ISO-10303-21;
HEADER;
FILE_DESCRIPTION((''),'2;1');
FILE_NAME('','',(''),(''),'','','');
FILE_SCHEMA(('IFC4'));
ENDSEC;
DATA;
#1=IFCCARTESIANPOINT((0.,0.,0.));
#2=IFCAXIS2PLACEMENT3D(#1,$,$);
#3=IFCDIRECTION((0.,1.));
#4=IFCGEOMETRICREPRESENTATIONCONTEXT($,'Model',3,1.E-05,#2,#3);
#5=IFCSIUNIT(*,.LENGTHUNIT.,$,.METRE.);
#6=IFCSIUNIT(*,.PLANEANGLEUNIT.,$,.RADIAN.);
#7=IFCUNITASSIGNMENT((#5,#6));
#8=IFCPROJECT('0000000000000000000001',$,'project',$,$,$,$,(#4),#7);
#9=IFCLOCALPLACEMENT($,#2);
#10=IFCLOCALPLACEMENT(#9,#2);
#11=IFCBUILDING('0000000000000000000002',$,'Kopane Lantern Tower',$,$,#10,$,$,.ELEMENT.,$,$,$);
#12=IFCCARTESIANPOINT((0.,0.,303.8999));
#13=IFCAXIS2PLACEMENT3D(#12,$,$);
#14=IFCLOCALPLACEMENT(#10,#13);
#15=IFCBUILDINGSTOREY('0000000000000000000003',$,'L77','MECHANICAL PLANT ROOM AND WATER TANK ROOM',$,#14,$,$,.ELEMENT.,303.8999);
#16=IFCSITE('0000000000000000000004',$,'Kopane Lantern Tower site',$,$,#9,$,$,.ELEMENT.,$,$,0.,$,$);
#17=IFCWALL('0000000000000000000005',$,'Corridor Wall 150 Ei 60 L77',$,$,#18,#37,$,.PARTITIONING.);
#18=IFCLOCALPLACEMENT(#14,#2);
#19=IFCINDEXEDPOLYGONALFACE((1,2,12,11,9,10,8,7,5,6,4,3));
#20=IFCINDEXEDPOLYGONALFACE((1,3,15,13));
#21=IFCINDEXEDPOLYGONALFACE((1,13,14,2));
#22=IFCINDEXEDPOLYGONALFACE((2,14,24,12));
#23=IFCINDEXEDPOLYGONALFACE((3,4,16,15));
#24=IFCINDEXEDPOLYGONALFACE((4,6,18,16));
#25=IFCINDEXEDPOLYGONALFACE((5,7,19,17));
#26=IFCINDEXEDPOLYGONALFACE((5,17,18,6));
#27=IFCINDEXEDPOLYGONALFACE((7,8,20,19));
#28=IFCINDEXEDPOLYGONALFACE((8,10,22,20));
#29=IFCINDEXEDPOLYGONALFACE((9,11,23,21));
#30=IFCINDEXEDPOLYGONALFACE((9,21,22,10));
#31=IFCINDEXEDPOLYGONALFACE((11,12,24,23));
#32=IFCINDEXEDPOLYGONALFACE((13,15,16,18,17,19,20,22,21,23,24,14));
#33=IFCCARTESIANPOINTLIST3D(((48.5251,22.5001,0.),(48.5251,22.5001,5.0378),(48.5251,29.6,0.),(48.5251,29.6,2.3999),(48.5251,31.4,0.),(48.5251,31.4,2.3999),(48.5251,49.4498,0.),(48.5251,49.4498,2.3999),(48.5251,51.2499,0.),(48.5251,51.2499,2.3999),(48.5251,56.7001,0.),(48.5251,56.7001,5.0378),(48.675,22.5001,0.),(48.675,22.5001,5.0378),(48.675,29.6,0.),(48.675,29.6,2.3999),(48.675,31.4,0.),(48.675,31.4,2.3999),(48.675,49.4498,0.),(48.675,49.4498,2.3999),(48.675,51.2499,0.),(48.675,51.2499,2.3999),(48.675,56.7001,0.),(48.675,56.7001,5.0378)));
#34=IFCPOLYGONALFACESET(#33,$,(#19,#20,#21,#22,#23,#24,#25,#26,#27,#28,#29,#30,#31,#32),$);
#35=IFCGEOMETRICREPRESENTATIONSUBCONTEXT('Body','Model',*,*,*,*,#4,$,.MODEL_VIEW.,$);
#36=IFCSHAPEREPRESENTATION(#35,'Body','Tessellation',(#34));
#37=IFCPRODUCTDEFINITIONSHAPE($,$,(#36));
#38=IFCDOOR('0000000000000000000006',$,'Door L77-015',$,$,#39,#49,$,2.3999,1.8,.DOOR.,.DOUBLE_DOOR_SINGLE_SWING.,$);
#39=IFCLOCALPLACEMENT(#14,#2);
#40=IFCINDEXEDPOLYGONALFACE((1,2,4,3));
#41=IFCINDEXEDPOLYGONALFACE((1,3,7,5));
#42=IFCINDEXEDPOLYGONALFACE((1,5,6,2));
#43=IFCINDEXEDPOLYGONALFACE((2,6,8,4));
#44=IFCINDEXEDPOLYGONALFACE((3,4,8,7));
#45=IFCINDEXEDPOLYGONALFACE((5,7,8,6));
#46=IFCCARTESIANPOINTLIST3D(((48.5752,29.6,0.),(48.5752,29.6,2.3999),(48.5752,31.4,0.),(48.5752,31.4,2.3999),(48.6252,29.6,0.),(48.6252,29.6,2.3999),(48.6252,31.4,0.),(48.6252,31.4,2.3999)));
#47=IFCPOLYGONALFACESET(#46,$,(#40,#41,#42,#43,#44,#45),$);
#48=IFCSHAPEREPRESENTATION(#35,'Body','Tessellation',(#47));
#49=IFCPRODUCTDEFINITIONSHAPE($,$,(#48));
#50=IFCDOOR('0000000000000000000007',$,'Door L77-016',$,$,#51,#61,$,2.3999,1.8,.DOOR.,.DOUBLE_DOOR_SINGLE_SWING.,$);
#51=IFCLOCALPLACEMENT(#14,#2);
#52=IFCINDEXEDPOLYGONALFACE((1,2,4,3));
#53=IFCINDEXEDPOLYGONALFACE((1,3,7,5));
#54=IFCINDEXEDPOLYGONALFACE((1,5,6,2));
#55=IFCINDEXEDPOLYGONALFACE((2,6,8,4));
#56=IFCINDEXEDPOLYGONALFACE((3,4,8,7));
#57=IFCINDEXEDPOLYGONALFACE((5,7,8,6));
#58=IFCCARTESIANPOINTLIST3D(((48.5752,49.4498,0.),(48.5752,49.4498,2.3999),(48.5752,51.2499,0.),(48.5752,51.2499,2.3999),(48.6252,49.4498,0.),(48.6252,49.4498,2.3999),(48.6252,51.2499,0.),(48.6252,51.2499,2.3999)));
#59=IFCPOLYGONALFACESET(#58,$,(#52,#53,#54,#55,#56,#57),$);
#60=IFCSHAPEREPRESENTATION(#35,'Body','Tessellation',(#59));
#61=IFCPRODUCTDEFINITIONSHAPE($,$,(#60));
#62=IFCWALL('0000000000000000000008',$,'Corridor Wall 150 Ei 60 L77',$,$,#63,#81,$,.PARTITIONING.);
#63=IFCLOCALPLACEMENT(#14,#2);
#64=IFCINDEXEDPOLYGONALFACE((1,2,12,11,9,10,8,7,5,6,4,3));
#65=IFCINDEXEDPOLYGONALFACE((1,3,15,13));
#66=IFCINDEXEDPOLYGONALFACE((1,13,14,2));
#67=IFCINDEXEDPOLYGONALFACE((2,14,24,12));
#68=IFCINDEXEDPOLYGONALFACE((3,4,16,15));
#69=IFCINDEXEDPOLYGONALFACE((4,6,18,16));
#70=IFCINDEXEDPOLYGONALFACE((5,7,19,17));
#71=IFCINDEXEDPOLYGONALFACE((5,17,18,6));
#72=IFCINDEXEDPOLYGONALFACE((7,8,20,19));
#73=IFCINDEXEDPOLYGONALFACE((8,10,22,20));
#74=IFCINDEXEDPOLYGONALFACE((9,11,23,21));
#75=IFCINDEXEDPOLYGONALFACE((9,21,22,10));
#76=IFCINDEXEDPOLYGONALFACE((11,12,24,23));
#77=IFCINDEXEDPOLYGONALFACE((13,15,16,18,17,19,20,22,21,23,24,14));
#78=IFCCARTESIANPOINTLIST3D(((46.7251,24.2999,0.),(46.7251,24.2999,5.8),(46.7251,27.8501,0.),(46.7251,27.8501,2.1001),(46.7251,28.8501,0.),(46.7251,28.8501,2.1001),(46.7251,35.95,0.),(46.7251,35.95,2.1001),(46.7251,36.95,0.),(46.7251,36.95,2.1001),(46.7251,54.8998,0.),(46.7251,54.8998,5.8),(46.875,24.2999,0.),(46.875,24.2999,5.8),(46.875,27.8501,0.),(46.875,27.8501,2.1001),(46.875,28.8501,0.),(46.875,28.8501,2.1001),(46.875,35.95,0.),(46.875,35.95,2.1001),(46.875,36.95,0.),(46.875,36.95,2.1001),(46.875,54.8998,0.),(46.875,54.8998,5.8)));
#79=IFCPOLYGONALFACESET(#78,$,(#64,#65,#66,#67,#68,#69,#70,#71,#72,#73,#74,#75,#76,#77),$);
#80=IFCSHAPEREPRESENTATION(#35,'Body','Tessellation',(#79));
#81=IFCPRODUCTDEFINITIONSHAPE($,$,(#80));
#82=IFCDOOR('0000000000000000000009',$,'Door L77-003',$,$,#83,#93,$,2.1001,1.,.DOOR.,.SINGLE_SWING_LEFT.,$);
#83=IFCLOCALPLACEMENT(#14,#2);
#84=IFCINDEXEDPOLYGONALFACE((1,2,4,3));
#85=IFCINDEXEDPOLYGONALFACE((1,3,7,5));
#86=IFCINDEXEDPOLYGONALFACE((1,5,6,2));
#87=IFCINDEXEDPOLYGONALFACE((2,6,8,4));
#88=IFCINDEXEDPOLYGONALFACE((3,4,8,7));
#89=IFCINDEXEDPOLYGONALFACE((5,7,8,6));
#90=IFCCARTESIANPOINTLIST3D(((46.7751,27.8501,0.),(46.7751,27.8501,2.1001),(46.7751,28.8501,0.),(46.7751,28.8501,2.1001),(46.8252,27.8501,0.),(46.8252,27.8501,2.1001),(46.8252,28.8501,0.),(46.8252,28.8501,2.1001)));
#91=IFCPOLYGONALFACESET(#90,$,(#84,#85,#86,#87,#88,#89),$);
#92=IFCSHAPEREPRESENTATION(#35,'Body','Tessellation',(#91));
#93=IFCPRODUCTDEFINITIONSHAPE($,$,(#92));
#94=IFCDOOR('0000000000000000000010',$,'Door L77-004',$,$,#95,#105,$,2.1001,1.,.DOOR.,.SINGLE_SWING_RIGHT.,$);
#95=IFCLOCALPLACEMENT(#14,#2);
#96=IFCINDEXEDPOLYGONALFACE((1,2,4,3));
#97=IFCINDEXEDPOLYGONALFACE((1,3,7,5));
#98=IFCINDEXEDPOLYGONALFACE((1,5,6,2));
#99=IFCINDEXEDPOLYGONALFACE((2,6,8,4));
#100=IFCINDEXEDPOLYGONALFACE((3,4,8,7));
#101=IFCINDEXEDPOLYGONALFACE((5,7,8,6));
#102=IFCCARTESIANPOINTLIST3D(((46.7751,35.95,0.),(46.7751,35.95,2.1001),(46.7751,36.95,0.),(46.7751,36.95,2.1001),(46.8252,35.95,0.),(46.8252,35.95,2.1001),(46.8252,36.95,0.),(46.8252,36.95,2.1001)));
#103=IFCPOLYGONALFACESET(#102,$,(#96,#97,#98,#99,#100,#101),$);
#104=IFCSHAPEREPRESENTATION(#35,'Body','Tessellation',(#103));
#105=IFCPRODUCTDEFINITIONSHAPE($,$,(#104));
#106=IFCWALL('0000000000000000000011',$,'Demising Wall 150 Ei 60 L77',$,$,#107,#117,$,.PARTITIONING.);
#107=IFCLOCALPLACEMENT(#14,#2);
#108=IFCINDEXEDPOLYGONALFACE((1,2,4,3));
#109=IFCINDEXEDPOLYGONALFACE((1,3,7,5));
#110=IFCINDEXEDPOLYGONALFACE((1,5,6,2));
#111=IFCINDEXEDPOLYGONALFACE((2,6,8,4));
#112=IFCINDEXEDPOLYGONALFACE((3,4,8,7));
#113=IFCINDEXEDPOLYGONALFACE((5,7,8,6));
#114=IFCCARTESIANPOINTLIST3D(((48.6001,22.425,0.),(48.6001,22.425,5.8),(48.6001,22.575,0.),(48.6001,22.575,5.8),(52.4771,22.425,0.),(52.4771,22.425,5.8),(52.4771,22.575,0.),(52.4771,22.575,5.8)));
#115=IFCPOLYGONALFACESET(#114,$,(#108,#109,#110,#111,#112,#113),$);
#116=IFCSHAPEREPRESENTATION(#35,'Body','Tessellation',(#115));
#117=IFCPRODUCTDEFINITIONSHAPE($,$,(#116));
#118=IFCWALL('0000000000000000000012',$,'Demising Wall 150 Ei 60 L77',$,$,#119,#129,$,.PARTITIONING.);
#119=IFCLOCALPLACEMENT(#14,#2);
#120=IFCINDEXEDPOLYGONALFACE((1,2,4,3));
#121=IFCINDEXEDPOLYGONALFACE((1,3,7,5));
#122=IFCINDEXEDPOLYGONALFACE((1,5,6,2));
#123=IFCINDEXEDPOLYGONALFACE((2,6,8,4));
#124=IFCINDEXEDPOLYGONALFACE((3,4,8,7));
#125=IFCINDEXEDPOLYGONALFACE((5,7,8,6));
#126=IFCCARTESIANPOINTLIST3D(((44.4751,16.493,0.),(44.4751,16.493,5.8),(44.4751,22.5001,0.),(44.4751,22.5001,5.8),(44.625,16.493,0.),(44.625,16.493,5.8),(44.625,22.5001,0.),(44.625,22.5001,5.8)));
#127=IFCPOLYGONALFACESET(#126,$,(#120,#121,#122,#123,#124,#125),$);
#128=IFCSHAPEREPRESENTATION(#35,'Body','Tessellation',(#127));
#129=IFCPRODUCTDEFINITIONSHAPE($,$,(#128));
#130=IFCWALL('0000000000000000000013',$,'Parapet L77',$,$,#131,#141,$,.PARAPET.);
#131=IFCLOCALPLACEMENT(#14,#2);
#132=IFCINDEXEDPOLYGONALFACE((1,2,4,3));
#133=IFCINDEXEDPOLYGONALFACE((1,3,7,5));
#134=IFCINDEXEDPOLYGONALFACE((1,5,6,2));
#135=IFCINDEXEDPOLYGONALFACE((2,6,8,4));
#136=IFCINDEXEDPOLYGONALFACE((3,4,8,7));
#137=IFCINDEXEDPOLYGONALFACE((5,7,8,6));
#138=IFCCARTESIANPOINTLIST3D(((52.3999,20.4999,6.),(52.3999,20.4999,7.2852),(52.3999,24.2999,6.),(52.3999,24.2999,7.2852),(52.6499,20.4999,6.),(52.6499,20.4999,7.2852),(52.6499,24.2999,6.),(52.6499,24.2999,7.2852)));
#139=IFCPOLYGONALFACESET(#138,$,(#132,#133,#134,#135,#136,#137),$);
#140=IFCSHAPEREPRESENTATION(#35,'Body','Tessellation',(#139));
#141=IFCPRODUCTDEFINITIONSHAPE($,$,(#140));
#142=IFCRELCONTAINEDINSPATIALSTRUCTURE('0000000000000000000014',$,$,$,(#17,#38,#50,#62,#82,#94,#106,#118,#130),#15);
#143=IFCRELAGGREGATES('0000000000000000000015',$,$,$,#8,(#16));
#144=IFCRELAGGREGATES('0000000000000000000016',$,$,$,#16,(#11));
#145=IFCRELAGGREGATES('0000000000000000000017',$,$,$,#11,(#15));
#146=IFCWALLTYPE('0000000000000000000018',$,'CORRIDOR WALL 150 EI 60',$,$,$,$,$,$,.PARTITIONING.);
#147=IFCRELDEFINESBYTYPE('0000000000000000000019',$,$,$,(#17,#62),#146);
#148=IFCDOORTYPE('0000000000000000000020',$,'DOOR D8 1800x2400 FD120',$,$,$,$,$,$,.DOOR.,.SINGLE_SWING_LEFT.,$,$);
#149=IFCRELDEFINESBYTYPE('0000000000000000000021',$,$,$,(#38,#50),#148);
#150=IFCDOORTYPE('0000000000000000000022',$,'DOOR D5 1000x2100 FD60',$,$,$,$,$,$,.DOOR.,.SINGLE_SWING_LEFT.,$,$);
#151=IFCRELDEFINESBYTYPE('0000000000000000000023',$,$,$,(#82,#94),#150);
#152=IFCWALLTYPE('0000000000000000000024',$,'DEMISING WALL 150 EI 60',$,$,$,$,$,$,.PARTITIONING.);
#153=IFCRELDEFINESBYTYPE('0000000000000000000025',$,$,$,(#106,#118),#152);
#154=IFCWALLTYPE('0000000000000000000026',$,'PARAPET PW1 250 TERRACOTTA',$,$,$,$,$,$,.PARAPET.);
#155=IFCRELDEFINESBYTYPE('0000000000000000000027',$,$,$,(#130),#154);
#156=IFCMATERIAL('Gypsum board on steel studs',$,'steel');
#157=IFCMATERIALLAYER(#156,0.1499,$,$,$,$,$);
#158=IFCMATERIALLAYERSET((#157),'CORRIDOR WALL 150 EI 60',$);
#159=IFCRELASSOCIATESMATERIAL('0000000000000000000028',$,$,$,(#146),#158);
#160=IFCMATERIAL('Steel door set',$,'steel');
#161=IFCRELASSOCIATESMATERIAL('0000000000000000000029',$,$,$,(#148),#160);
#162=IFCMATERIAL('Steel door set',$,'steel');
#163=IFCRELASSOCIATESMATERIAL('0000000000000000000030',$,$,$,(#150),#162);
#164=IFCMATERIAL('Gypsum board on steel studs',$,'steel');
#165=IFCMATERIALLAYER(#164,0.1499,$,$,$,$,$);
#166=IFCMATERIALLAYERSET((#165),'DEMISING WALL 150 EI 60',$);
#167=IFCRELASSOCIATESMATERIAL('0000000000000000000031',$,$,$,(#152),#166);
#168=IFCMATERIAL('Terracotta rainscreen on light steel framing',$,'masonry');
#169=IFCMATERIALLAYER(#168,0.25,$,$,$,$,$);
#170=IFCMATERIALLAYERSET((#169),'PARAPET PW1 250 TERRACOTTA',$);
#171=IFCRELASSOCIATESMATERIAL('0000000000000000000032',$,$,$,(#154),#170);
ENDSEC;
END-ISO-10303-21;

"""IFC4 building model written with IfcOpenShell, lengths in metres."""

from ifc_helpers import new_model, si_unit, direction, frame, frame_2d, origin, place, context, subcontext, project, spatial, rectangle, extrude, material, layer, layer_set, type_object, element, fill, save


model = new_model("IFC4")

# Units and contexts
model_context = context("Model", 3, precision=1e-05, world=origin(), true_north=direction((0.0, 1.0)))
body_context = subcontext(model_context, "Body", "Model", "MODEL_VIEW")
ifc_project = project(units=[si_unit("LENGTHUNIT", "METRE"), si_unit("PLANEANGLEUNIT", "RADIAN")], contexts=[model_context])

# Site, building, storey
site_placement = place(None, origin())
site = spatial("IfcSite", under=ifc_project, at=site_placement, Name="Kopane Lantern Tower site", CompositionType="ELEMENT", RefElevation=0.0)
building_placement = place(site_placement, origin())
building = spatial("IfcBuilding", under=site, at=building_placement, Name="Kopane Lantern Tower", CompositionType="ELEMENT")
storey_placement = place(building_placement, frame((0.0, 0.0, 303.8999)))
storey = spatial("IfcBuildingStorey", under=building, at=storey_placement, Name="L77", Description="MECHANICAL PLANT ROOM AND WATER TANK ROOM", CompositionType="ELEMENT", Elevation=303.8999)

# Walls, openings, doors
ifc_material_1 = material(Name="Gypsum board on steel studs", Category="steel")
ifc_layer_1 = layer(ifc_material_1, 0.1499)
ifc_layer_set_1 = layer_set([ifc_layer_1], Name="CORRIDOR WALL 150 EI 60")
wall_type_1 = type_object("IfcWallType", Name="CORRIDOR WALL 150 EI 60", PredefinedType="PARTITIONING", material=ifc_layer_set_1)
wall_1_placement = place(storey_placement, frame((48.6001, 22.5, 0.0), z_axis=(0.0, 0.0, 1.0), x_axis=(0.0, 1.0, 0.0)))
wall_1 = element("IfcWall", 1, at=wall_1_placement, inside=storey, type_object=wall_type_1, Name="Corridor Wall 150 Ei 60 L77", PredefinedType="PARTITIONING", context=body_context, shape_type="SweptSolid", body=[
    extrude(rectangle(XDim=34.2, YDim=0.1499, at=frame_2d((17.1001, 0.0))), origin(), (0.0, 0.0, 1.0), 5.0378),
])
opening_1_placement = place(wall_1_placement, frame((7.1001, 0.0, 0.0)))
opening_1 = element("IfcOpeningElement", 2, at=opening_1_placement, cuts=wall_1, PredefinedType="OPENING", context=body_context, shape_type="SweptSolid", body=[
    extrude(rectangle(XDim=1.8, YDim=2.3999, at=frame_2d((0.8999, 1.2))), frame((0.0, 0.085, 0.0), z_axis=(0.0, -1.0, 0.0), x_axis=(1.0, 0.0, 0.0)), (0.0, 0.0, 1.0), 0.1699),
])
opening_2_placement = place(wall_1_placement, frame((26.95, 0.0, 0.0)))
opening_2 = element("IfcOpeningElement", 3, at=opening_2_placement, cuts=wall_1, PredefinedType="OPENING", context=body_context, shape_type="SweptSolid", body=[
    extrude(rectangle(XDim=1.8, YDim=2.3999, at=frame_2d((0.8999, 1.2))), frame((0.0, 0.085, 0.0), z_axis=(0.0, -1.0, 0.0), x_axis=(1.0, 0.0, 0.0)), (0.0, 0.0, 1.0), 0.1699),
])
ifc_material_2 = material(Name="Steel door set", Category="steel")
door_type_1 = type_object("IfcDoorType", Name="DOOR D8 1800x2400 FD120", OperationType="SINGLE_SWING_LEFT", PredefinedType="DOOR", material=ifc_material_2)
door_1_placement = place(opening_1_placement, origin())
door_1 = element("IfcDoor", 4, at=door_1_placement, inside=storey, type_object=door_type_1, Name="Door L77-015", OperationType="DOUBLE_DOOR_SINGLE_SWING", OverallHeight=2.3999, OverallWidth=1.8, PredefinedType="DOOR", context=body_context, shape_type="SweptSolid", body=[
    extrude(rectangle(XDim=1.8, YDim=2.3999, at=frame_2d((0.8999, 1.2))), frame((0.0, 0.0249, 0.0), z_axis=(0.0, -1.0, 0.0), x_axis=(1.0, 0.0, 0.0)), (0.0, 0.0, 1.0), 0.05),
])
fill(opening_1, door_1)
door_2_placement = place(opening_2_placement, origin())
door_2 = element("IfcDoor", 5, at=door_2_placement, inside=storey, type_object=door_type_1, Name="Door L77-016", OperationType="DOUBLE_DOOR_SINGLE_SWING", OverallHeight=2.3999, OverallWidth=1.8, PredefinedType="DOOR", context=body_context, shape_type="SweptSolid", body=[
    extrude(rectangle(XDim=1.8, YDim=2.3999, at=frame_2d((0.8999, 1.2))), frame((0.0, 0.0249, 0.0), z_axis=(0.0, -1.0, 0.0), x_axis=(1.0, 0.0, 0.0)), (0.0, 0.0, 1.0), 0.05),
])
fill(opening_2, door_2)
wall_2_placement = place(storey_placement, frame((46.8, 24.3, 0.0), z_axis=(0.0, 0.0, 1.0), x_axis=(0.0, 1.0, 0.0)))
wall_2 = element("IfcWall", 6, at=wall_2_placement, inside=storey, type_object=wall_type_1, Name="Corridor Wall 150 Ei 60 L77", PredefinedType="PARTITIONING", context=body_context, shape_type="SweptSolid", body=[
    extrude(rectangle(XDim=30.5999, YDim=0.1499, at=frame_2d((15.2998, 0.0))), origin(), (0.0, 0.0, 1.0), 5.8),
])
opening_3_placement = place(wall_2_placement, frame((3.55, 0.0, 0.0)))
opening_3 = element("IfcOpeningElement", 7, at=opening_3_placement, cuts=wall_2, PredefinedType="OPENING", context=body_context, shape_type="SweptSolid", body=[
    extrude(rectangle(XDim=1.0, YDim=2.1001, at=frame_2d((0.5, 1.05))), frame((0.0, 0.085, 0.0), z_axis=(0.0, -1.0, 0.0), x_axis=(1.0, 0.0, 0.0)), (0.0, 0.0, 1.0), 0.1699),
])
opening_4_placement = place(wall_2_placement, frame((11.6499, 0.0, 0.0)))
opening_4 = element("IfcOpeningElement", 8, at=opening_4_placement, cuts=wall_2, PredefinedType="OPENING", context=body_context, shape_type="SweptSolid", body=[
    extrude(rectangle(XDim=1.0, YDim=2.1001, at=frame_2d((0.5, 1.05))), frame((0.0, 0.085, 0.0), z_axis=(0.0, -1.0, 0.0), x_axis=(1.0, 0.0, 0.0)), (0.0, 0.0, 1.0), 0.1699),
])
ifc_material_3 = material(Name="Steel door set", Category="steel")
door_type_2 = type_object("IfcDoorType", Name="DOOR D5 1000x2100 FD60", OperationType="SINGLE_SWING_LEFT", PredefinedType="DOOR", material=ifc_material_3)
door_3_placement = place(opening_3_placement, origin())
door_3 = element("IfcDoor", 9, at=door_3_placement, inside=storey, type_object=door_type_2, Name="Door L77-003", OperationType="SINGLE_SWING_LEFT", OverallHeight=2.1001, OverallWidth=1.0, PredefinedType="DOOR", context=body_context, shape_type="SweptSolid", body=[
    extrude(rectangle(XDim=1.0, YDim=2.1001, at=frame_2d((0.5, 1.05))), frame((0.0, 0.0249, 0.0), z_axis=(0.0, -1.0, 0.0), x_axis=(1.0, 0.0, 0.0)), (0.0, 0.0, 1.0), 0.05),
])
fill(opening_3, door_3)
door_4_placement = place(opening_4_placement, origin())
door_4 = element("IfcDoor", 10, at=door_4_placement, inside=storey, type_object=door_type_2, Name="Door L77-004", OperationType="SINGLE_SWING_RIGHT", OverallHeight=2.1001, OverallWidth=1.0, PredefinedType="DOOR", context=body_context, shape_type="SweptSolid", body=[
    extrude(rectangle(XDim=1.0, YDim=2.1001, at=frame_2d((0.5, 1.05))), frame((0.0, 0.0249, 0.0), z_axis=(0.0, -1.0, 0.0), x_axis=(1.0, 0.0, 0.0)), (0.0, 0.0, 1.0), 0.05),
])
fill(opening_4, door_4)

# Walls
ifc_material_4 = material(Name="Gypsum board on steel studs", Category="steel")
ifc_layer_2 = layer(ifc_material_4, 0.1499)
ifc_layer_set_2 = layer_set([ifc_layer_2], Name="DEMISING WALL 150 EI 60")
wall_type_2 = type_object("IfcWallType", Name="DEMISING WALL 150 EI 60", PredefinedType="PARTITIONING", material=ifc_layer_set_2)
wall_3_placement = place(storey_placement, frame((48.6001, 22.5, 0.0), z_axis=(0.0, 0.0, 1.0), x_axis=(1.0, 0.0, 0.0)))
element("IfcWall", 11, at=wall_3_placement, inside=storey, type_object=wall_type_2, Name="Demising Wall 150 Ei 60 L77", PredefinedType="PARTITIONING", context=body_context, shape_type="SweptSolid", body=[
    extrude(rectangle(XDim=3.877, YDim=0.1499, at=frame_2d((1.9385, 0.0))), origin(), (0.0, 0.0, 1.0), 5.8),
])
wall_4_placement = place(storey_placement, frame((44.55, 22.5, 0.0), z_axis=(0.0, 0.0, 1.0), x_axis=(0.0, -1.0, 0.0)))
element("IfcWall", 12, at=wall_4_placement, inside=storey, type_object=wall_type_2, Name="Demising Wall 150 Ei 60 L77", PredefinedType="PARTITIONING", context=body_context, shape_type="SweptSolid", body=[
    extrude(rectangle(XDim=6.0071, YDim=0.1499, at=frame_2d((3.0034, 0.0))), origin(), (0.0, 0.0, 1.0), 5.8),
])
ifc_material_5 = material(Name="Terracotta rainscreen on light steel framing", Category="masonry")
ifc_layer_3 = layer(ifc_material_5, 0.25)
ifc_layer_set_3 = layer_set([ifc_layer_3], Name="PARAPET PW1 250 TERRACOTTA")
wall_type_3 = type_object("IfcWallType", Name="PARAPET PW1 250 TERRACOTTA", PredefinedType="PARAPET", material=ifc_layer_set_3)
wall_5_placement = place(storey_placement, frame((52.5249, 20.5, 6.0), z_axis=(0.0, 0.0, 1.0), x_axis=(0.0, 1.0, 0.0)))
element("IfcWall", 13, at=wall_5_placement, inside=storey, type_object=wall_type_3, Name="Parapet L77", PredefinedType="PARAPET", context=body_context, shape_type="SweptSolid", body=[
    extrude(rectangle(XDim=3.8, YDim=0.25, at=frame_2d((1.8999, 0.0))), origin(), (0.0, 0.0, 1.0), 1.2852),
])

save(model, "model.ifc")
